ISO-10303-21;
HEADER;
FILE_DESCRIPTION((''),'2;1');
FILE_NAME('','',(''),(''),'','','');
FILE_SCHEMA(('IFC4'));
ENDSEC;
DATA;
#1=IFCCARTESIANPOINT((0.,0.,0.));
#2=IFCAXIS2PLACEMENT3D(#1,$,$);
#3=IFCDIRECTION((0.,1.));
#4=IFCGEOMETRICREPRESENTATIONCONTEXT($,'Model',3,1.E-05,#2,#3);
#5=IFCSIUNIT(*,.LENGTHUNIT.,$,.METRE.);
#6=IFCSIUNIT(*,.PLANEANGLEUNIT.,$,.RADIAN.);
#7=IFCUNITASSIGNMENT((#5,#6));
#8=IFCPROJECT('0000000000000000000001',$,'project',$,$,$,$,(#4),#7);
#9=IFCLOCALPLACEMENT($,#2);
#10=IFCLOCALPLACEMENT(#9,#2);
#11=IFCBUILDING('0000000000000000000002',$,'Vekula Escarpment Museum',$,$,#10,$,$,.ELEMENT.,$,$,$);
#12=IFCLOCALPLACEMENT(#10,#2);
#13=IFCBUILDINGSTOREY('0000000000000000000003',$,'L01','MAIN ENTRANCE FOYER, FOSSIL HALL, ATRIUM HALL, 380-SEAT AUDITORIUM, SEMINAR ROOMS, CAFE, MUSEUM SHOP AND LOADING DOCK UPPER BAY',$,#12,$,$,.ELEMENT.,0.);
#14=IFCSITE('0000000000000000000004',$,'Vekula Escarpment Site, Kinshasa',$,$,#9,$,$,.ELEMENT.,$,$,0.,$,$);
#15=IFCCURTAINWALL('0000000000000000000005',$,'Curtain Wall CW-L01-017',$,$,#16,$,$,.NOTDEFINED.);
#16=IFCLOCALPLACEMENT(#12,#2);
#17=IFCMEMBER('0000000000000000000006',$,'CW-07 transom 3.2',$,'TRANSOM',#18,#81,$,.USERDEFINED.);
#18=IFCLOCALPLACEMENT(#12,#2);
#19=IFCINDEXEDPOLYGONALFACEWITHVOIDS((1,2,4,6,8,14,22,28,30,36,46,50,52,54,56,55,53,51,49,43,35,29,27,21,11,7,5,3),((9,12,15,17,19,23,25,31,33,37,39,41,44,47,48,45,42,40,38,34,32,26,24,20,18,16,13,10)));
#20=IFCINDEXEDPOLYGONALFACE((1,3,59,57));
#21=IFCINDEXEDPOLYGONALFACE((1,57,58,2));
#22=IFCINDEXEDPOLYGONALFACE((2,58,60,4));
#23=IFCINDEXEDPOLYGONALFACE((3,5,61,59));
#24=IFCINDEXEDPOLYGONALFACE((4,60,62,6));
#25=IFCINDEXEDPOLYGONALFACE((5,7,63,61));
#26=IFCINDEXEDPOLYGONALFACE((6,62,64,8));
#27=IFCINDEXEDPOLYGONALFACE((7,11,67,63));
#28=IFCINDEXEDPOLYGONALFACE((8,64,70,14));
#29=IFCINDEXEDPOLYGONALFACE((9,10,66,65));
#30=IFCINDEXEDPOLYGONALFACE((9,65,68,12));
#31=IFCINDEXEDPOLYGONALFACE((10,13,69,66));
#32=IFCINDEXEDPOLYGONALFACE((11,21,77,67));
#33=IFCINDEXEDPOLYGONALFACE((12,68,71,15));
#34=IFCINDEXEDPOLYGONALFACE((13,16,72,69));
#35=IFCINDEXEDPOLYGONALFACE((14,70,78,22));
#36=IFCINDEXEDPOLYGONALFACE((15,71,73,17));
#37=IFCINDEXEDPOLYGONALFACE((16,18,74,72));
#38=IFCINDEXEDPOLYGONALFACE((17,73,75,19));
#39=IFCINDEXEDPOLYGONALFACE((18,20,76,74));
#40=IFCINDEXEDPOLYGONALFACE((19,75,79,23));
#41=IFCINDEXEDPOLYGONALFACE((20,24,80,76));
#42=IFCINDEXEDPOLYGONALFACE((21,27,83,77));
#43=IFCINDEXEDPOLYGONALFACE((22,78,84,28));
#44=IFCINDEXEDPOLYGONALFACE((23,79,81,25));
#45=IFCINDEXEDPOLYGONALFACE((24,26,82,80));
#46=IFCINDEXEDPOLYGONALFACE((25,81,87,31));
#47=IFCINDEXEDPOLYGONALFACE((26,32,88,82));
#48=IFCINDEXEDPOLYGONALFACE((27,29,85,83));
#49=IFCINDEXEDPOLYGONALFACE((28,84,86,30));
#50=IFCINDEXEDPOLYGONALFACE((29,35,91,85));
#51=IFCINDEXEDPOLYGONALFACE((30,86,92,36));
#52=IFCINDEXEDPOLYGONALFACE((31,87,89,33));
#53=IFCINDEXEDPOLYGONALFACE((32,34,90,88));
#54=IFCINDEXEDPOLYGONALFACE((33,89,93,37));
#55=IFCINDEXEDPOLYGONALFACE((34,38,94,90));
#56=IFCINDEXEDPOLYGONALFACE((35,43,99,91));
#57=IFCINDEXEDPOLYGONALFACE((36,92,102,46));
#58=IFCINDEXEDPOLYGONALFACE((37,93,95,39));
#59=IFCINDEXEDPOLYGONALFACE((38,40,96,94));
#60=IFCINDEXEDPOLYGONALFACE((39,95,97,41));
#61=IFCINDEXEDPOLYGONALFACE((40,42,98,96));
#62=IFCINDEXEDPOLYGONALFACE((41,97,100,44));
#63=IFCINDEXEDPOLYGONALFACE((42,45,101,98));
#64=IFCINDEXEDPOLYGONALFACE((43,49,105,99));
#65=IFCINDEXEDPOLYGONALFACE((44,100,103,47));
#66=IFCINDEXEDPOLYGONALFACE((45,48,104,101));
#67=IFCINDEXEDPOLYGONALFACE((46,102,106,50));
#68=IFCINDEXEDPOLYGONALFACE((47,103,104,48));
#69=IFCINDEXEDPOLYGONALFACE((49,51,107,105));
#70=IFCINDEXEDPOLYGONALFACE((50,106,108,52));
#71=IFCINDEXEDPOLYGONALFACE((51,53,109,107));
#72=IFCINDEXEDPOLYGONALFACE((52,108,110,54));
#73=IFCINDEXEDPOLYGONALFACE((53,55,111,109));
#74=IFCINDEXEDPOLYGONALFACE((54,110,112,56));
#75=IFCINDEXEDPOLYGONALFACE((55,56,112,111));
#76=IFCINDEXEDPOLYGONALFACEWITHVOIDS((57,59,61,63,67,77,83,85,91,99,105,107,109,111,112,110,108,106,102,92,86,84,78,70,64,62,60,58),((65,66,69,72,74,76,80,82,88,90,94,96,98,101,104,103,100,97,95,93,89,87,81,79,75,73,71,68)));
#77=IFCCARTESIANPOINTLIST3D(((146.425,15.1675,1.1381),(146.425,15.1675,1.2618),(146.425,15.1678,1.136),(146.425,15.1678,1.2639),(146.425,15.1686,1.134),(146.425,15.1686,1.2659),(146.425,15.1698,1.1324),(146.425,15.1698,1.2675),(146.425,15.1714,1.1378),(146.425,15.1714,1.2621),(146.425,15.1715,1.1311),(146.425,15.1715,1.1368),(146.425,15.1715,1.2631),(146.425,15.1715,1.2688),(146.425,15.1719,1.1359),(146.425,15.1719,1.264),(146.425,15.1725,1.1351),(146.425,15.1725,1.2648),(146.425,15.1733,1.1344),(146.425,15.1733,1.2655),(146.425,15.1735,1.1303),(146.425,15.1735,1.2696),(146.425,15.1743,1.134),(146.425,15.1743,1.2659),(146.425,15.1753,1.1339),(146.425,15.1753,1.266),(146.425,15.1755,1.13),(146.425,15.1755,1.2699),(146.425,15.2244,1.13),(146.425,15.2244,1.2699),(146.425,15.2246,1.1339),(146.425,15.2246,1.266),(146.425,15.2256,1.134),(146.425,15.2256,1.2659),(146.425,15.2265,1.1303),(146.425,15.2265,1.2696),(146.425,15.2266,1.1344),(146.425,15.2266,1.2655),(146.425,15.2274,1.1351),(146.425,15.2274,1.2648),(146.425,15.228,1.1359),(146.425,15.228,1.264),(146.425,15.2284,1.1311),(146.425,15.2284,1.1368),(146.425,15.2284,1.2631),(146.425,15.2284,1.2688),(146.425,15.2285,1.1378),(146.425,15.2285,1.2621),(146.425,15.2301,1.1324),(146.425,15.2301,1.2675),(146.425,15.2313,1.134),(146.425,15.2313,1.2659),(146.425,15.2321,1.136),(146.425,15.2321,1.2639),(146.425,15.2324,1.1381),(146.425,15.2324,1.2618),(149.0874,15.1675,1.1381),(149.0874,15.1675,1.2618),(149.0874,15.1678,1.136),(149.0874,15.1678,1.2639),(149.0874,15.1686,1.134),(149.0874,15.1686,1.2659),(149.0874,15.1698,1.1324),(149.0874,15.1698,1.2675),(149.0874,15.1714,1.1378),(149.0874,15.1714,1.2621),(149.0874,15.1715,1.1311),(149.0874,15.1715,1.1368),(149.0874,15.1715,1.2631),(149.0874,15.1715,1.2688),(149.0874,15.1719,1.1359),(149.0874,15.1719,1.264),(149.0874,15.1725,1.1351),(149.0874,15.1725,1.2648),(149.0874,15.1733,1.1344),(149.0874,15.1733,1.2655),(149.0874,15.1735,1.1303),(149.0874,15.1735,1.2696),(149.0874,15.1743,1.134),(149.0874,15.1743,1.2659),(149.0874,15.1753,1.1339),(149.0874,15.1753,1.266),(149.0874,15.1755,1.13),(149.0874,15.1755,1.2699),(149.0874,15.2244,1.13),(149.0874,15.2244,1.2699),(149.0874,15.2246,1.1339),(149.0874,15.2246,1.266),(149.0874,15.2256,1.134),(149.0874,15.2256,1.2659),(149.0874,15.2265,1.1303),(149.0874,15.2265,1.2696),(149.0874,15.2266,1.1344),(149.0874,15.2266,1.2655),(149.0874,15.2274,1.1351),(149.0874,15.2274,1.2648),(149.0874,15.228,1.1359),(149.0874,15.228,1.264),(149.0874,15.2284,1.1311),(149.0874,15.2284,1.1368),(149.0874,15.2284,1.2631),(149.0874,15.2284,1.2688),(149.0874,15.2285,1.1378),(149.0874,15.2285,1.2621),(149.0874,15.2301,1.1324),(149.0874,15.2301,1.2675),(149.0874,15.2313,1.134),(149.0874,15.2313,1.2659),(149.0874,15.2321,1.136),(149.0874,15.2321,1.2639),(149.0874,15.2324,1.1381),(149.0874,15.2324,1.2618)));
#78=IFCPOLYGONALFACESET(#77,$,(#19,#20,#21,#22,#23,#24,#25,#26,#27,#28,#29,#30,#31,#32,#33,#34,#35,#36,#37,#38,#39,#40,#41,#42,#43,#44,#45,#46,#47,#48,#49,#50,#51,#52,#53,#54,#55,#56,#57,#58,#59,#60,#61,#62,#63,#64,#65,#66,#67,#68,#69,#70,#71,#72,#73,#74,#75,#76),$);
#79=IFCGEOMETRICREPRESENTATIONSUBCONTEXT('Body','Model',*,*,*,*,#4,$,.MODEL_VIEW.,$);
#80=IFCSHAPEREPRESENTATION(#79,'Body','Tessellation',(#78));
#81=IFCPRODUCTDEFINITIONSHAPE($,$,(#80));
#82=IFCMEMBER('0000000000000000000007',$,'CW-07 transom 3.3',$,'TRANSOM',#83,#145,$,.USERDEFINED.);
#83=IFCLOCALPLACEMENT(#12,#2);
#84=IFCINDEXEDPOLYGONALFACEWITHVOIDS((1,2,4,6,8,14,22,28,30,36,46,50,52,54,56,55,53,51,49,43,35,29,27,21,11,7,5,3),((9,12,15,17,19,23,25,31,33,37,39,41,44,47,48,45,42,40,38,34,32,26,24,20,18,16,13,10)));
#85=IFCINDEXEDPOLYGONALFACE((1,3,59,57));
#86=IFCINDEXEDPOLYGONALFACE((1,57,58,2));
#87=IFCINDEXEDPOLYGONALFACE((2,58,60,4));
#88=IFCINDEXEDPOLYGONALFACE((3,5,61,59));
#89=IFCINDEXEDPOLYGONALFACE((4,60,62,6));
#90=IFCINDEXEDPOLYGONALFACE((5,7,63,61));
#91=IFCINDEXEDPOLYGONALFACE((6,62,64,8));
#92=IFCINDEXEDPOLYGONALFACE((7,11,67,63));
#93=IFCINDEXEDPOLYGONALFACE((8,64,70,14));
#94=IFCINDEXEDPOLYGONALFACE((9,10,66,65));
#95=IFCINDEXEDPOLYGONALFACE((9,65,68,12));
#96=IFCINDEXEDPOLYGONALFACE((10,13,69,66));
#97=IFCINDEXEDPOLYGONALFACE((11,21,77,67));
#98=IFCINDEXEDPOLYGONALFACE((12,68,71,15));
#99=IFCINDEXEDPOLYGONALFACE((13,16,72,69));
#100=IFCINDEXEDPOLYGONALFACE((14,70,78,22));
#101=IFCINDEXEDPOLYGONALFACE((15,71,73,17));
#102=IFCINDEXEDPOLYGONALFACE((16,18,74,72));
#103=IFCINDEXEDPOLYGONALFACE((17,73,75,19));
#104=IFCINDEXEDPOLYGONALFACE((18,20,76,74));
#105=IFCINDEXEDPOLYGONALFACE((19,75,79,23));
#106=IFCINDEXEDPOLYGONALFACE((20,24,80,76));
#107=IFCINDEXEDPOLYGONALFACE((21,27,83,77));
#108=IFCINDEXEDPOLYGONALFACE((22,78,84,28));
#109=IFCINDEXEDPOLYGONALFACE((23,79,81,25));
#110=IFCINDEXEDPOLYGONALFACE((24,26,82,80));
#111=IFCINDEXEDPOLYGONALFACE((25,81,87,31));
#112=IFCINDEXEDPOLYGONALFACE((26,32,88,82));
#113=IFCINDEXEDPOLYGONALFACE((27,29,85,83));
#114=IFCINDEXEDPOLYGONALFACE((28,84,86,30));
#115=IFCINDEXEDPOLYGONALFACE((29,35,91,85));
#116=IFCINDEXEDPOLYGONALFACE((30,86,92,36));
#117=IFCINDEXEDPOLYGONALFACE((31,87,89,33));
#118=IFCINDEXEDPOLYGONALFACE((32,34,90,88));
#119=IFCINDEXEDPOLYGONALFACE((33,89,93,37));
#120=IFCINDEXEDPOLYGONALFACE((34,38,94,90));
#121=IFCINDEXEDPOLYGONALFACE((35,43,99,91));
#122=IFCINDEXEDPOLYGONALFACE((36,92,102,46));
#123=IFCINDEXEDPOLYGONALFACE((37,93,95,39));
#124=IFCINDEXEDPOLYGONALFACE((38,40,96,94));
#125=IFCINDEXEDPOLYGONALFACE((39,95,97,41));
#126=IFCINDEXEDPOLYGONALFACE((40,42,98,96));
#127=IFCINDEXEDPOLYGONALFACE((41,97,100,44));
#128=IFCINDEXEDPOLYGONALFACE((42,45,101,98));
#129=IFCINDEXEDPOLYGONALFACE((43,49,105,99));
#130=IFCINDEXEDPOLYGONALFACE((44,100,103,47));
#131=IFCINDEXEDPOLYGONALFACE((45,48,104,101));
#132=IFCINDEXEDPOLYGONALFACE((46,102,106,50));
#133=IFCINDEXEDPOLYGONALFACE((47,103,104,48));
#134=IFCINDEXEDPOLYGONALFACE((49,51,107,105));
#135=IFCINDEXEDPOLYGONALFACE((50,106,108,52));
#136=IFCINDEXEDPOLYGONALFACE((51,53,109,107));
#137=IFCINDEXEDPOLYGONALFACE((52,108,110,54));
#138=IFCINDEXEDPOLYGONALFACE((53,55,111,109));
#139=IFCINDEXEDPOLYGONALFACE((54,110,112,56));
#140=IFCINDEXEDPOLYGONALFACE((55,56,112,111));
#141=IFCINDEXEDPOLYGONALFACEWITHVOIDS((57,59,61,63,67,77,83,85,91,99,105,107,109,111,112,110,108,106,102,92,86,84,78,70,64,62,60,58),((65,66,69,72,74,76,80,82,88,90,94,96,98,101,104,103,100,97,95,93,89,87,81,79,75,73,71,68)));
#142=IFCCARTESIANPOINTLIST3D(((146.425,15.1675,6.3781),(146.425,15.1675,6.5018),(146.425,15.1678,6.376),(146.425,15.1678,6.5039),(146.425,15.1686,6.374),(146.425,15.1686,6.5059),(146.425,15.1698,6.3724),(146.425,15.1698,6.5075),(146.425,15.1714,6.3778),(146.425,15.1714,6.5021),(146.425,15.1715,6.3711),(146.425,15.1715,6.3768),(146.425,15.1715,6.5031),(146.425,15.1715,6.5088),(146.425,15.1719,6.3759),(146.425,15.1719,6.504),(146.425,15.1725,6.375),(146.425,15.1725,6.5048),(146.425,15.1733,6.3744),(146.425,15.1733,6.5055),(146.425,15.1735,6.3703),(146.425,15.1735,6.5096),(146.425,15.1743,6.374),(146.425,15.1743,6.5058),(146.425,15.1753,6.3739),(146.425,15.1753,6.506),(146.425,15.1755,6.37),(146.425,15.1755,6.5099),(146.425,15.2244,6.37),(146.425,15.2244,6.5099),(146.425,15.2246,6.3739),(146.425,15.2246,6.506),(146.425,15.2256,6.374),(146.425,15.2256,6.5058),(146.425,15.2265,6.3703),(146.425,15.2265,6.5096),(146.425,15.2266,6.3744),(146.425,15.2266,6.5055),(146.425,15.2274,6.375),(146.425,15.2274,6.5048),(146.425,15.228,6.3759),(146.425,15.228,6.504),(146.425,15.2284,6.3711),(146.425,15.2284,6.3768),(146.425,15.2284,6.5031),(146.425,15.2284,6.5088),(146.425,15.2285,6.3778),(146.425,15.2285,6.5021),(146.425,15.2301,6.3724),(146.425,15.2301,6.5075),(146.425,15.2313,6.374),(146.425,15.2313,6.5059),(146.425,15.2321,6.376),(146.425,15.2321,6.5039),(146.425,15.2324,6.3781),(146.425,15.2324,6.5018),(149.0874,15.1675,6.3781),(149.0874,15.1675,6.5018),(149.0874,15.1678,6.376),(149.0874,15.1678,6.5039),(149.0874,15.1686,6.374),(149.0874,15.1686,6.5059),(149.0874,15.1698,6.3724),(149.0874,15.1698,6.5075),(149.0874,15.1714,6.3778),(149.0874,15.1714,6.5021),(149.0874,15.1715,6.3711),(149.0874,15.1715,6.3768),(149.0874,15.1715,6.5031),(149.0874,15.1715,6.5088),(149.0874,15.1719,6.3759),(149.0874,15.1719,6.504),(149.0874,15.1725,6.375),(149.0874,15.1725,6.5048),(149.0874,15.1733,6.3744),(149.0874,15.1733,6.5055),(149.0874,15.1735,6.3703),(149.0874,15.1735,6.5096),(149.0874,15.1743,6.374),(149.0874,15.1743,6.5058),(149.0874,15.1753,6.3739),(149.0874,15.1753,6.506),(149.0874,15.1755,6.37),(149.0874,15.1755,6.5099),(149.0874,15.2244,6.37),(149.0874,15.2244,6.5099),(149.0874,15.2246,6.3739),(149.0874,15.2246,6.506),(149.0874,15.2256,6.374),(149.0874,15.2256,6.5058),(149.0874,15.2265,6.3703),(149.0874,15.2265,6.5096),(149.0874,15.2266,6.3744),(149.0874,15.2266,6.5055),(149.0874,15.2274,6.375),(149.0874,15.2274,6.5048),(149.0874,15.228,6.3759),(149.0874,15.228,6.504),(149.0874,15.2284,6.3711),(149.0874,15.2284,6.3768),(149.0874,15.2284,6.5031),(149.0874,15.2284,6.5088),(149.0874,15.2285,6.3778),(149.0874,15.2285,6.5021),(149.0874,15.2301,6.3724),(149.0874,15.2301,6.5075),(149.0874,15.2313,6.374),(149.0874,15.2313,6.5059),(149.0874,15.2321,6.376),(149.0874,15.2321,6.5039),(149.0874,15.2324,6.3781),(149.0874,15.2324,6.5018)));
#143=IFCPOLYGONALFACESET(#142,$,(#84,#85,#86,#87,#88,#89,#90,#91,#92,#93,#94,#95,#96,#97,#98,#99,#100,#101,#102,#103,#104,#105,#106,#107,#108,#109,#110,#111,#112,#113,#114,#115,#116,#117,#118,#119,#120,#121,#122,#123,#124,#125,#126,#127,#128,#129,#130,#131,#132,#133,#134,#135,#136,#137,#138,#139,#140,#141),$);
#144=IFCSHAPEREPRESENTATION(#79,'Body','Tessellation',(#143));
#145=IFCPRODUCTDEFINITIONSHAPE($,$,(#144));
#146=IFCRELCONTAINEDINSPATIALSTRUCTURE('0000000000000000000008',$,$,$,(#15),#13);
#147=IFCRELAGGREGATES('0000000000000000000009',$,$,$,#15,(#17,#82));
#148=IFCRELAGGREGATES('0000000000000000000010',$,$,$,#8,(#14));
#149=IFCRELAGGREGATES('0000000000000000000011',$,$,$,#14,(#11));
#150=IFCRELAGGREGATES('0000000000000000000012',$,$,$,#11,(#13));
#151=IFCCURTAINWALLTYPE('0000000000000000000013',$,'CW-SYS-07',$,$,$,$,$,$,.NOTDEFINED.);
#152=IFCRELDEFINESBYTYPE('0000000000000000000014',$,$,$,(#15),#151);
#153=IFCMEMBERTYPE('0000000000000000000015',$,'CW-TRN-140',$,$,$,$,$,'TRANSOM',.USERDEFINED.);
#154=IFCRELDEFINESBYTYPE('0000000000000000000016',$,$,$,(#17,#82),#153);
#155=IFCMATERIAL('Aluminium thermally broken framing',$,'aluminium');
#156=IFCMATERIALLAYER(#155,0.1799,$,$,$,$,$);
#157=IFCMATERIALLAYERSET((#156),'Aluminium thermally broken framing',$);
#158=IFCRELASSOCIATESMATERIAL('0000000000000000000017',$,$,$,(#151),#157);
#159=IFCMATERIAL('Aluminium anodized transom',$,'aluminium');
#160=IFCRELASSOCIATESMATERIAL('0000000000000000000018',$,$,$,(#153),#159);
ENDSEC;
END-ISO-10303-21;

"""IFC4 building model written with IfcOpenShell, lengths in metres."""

from ifc_helpers import new_model, si_unit, direction, frame, origin, origin_2d, place, context, subcontext, project, spatial, hollow_rectangle, extrude, material, layer, layer_set, material_profile, profile_set, type_object, element, aggregate, save


model = new_model("IFC4")

# Units and contexts
model_context = context("Model", 3, precision=1e-05, world=origin(), true_north=direction((0.0, 1.0)))
body_context = subcontext(model_context, "Body", "Model", "MODEL_VIEW")
ifc_project = project(units=[si_unit("LENGTHUNIT", "METRE"), si_unit("PLANEANGLEUNIT", "RADIAN")], contexts=[model_context])

# Site, building, storey
site_placement = place(None, origin())
site = spatial("IfcSite", under=ifc_project, at=site_placement, Name="Vekula Escarpment Site, Kinshasa", CompositionType="ELEMENT", RefElevation=0.0)
building_placement = place(site_placement, origin())
building = spatial("IfcBuilding", under=site, at=building_placement, Name="Vekula Escarpment Museum", CompositionType="ELEMENT")
storey_placement = place(building_placement, origin())
storey = spatial("IfcBuildingStorey", under=building, at=storey_placement, Name="L01", Description="MAIN ENTRANCE FOYER, FOSSIL HALL, ATRIUM HALL, 380-SEAT AUDITORIUM, SEMINAR ROOMS, CAFE, MUSEUM SHOP AND LOADING DOCK UPPER BAY", CompositionType="ELEMENT", Elevation=0.0)

# Curtain wall
ifc_material_1 = material(Name="Aluminium thermally broken framing", Category="aluminium")
ifc_layer_1 = layer(ifc_material_1, 0.1799)
ifc_layer_set_1 = layer_set([ifc_layer_1], Name="Aluminium thermally broken framing")
curtain_wall_type_1 = type_object("IfcCurtainWallType", Name="CW-SYS-07", PredefinedType="NOTDEFINED", material=ifc_layer_set_1)
curtain_wall_1_placement = place(storey_placement, origin())
curtain_wall_1 = element("IfcCurtainWall", 1, at=curtain_wall_1_placement, inside=storey, type_object=curtain_wall_type_1, Name="Curtain Wall CW-L01-017", PredefinedType="NOTDEFINED")

# Members
ifc_material_2 = material(Name="Aluminium anodized transom", Category="aluminium")
ifc_material_profile_1 = material_profile(ifc_material_2, hollow_rectangle(XDim=0.0649, YDim=0.1399, WallThickness=0.0039, InnerFilletRadius=0.0039, OuterFilletRadius=0.0081, at=origin_2d()), Name="ALU 140x65x4")
ifc_profile_set_1 = profile_set([ifc_material_profile_1], Name="Aluminium anodized transom")
member_type_1 = type_object("IfcMemberType", Name="CW-TRN-140", ElementType="TRANSOM", PredefinedType="USERDEFINED", material=ifc_profile_set_1)
member_1_placement = place(storey_placement, frame((149.0874, 15.2, 1.2), z_axis=(-1.0, 0.0, 0.0), x_axis=(0.0, -1.0, 0.0)))
member_1 = element("IfcMember", 2, at=member_1_placement, type_object=member_type_1, Name="CW-07 transom 3.2", ObjectType="TRANSOM", PredefinedType="USERDEFINED", context=body_context, shape_type="SweptSolid", body=[
    extrude(hollow_rectangle(XDim=0.0649, YDim=0.1399, WallThickness=0.0039, InnerFilletRadius=0.0039, OuterFilletRadius=0.0081, at=origin_2d()), origin(), (0.0, 0.0, 1.0), 2.6624),
])
member_2_placement = place(storey_placement, frame((149.0874, 15.2, 6.4399), z_axis=(-1.0, 0.0, 0.0), x_axis=(0.0, -1.0, 0.0)))
member_2 = element("IfcMember", 3, at=member_2_placement, type_object=member_type_1, Name="CW-07 transom 3.3", ObjectType="TRANSOM", PredefinedType="USERDEFINED", context=body_context, shape_type="SweptSolid", body=[
    extrude(hollow_rectangle(XDim=0.0649, YDim=0.1399, WallThickness=0.0039, InnerFilletRadius=0.0039, OuterFilletRadius=0.0081, at=origin_2d()), origin(), (0.0, 0.0, 1.0), 2.6624),
])

aggregate(curtain_wall_1, [member_1, member_2])

save(model, "model.ifc")
